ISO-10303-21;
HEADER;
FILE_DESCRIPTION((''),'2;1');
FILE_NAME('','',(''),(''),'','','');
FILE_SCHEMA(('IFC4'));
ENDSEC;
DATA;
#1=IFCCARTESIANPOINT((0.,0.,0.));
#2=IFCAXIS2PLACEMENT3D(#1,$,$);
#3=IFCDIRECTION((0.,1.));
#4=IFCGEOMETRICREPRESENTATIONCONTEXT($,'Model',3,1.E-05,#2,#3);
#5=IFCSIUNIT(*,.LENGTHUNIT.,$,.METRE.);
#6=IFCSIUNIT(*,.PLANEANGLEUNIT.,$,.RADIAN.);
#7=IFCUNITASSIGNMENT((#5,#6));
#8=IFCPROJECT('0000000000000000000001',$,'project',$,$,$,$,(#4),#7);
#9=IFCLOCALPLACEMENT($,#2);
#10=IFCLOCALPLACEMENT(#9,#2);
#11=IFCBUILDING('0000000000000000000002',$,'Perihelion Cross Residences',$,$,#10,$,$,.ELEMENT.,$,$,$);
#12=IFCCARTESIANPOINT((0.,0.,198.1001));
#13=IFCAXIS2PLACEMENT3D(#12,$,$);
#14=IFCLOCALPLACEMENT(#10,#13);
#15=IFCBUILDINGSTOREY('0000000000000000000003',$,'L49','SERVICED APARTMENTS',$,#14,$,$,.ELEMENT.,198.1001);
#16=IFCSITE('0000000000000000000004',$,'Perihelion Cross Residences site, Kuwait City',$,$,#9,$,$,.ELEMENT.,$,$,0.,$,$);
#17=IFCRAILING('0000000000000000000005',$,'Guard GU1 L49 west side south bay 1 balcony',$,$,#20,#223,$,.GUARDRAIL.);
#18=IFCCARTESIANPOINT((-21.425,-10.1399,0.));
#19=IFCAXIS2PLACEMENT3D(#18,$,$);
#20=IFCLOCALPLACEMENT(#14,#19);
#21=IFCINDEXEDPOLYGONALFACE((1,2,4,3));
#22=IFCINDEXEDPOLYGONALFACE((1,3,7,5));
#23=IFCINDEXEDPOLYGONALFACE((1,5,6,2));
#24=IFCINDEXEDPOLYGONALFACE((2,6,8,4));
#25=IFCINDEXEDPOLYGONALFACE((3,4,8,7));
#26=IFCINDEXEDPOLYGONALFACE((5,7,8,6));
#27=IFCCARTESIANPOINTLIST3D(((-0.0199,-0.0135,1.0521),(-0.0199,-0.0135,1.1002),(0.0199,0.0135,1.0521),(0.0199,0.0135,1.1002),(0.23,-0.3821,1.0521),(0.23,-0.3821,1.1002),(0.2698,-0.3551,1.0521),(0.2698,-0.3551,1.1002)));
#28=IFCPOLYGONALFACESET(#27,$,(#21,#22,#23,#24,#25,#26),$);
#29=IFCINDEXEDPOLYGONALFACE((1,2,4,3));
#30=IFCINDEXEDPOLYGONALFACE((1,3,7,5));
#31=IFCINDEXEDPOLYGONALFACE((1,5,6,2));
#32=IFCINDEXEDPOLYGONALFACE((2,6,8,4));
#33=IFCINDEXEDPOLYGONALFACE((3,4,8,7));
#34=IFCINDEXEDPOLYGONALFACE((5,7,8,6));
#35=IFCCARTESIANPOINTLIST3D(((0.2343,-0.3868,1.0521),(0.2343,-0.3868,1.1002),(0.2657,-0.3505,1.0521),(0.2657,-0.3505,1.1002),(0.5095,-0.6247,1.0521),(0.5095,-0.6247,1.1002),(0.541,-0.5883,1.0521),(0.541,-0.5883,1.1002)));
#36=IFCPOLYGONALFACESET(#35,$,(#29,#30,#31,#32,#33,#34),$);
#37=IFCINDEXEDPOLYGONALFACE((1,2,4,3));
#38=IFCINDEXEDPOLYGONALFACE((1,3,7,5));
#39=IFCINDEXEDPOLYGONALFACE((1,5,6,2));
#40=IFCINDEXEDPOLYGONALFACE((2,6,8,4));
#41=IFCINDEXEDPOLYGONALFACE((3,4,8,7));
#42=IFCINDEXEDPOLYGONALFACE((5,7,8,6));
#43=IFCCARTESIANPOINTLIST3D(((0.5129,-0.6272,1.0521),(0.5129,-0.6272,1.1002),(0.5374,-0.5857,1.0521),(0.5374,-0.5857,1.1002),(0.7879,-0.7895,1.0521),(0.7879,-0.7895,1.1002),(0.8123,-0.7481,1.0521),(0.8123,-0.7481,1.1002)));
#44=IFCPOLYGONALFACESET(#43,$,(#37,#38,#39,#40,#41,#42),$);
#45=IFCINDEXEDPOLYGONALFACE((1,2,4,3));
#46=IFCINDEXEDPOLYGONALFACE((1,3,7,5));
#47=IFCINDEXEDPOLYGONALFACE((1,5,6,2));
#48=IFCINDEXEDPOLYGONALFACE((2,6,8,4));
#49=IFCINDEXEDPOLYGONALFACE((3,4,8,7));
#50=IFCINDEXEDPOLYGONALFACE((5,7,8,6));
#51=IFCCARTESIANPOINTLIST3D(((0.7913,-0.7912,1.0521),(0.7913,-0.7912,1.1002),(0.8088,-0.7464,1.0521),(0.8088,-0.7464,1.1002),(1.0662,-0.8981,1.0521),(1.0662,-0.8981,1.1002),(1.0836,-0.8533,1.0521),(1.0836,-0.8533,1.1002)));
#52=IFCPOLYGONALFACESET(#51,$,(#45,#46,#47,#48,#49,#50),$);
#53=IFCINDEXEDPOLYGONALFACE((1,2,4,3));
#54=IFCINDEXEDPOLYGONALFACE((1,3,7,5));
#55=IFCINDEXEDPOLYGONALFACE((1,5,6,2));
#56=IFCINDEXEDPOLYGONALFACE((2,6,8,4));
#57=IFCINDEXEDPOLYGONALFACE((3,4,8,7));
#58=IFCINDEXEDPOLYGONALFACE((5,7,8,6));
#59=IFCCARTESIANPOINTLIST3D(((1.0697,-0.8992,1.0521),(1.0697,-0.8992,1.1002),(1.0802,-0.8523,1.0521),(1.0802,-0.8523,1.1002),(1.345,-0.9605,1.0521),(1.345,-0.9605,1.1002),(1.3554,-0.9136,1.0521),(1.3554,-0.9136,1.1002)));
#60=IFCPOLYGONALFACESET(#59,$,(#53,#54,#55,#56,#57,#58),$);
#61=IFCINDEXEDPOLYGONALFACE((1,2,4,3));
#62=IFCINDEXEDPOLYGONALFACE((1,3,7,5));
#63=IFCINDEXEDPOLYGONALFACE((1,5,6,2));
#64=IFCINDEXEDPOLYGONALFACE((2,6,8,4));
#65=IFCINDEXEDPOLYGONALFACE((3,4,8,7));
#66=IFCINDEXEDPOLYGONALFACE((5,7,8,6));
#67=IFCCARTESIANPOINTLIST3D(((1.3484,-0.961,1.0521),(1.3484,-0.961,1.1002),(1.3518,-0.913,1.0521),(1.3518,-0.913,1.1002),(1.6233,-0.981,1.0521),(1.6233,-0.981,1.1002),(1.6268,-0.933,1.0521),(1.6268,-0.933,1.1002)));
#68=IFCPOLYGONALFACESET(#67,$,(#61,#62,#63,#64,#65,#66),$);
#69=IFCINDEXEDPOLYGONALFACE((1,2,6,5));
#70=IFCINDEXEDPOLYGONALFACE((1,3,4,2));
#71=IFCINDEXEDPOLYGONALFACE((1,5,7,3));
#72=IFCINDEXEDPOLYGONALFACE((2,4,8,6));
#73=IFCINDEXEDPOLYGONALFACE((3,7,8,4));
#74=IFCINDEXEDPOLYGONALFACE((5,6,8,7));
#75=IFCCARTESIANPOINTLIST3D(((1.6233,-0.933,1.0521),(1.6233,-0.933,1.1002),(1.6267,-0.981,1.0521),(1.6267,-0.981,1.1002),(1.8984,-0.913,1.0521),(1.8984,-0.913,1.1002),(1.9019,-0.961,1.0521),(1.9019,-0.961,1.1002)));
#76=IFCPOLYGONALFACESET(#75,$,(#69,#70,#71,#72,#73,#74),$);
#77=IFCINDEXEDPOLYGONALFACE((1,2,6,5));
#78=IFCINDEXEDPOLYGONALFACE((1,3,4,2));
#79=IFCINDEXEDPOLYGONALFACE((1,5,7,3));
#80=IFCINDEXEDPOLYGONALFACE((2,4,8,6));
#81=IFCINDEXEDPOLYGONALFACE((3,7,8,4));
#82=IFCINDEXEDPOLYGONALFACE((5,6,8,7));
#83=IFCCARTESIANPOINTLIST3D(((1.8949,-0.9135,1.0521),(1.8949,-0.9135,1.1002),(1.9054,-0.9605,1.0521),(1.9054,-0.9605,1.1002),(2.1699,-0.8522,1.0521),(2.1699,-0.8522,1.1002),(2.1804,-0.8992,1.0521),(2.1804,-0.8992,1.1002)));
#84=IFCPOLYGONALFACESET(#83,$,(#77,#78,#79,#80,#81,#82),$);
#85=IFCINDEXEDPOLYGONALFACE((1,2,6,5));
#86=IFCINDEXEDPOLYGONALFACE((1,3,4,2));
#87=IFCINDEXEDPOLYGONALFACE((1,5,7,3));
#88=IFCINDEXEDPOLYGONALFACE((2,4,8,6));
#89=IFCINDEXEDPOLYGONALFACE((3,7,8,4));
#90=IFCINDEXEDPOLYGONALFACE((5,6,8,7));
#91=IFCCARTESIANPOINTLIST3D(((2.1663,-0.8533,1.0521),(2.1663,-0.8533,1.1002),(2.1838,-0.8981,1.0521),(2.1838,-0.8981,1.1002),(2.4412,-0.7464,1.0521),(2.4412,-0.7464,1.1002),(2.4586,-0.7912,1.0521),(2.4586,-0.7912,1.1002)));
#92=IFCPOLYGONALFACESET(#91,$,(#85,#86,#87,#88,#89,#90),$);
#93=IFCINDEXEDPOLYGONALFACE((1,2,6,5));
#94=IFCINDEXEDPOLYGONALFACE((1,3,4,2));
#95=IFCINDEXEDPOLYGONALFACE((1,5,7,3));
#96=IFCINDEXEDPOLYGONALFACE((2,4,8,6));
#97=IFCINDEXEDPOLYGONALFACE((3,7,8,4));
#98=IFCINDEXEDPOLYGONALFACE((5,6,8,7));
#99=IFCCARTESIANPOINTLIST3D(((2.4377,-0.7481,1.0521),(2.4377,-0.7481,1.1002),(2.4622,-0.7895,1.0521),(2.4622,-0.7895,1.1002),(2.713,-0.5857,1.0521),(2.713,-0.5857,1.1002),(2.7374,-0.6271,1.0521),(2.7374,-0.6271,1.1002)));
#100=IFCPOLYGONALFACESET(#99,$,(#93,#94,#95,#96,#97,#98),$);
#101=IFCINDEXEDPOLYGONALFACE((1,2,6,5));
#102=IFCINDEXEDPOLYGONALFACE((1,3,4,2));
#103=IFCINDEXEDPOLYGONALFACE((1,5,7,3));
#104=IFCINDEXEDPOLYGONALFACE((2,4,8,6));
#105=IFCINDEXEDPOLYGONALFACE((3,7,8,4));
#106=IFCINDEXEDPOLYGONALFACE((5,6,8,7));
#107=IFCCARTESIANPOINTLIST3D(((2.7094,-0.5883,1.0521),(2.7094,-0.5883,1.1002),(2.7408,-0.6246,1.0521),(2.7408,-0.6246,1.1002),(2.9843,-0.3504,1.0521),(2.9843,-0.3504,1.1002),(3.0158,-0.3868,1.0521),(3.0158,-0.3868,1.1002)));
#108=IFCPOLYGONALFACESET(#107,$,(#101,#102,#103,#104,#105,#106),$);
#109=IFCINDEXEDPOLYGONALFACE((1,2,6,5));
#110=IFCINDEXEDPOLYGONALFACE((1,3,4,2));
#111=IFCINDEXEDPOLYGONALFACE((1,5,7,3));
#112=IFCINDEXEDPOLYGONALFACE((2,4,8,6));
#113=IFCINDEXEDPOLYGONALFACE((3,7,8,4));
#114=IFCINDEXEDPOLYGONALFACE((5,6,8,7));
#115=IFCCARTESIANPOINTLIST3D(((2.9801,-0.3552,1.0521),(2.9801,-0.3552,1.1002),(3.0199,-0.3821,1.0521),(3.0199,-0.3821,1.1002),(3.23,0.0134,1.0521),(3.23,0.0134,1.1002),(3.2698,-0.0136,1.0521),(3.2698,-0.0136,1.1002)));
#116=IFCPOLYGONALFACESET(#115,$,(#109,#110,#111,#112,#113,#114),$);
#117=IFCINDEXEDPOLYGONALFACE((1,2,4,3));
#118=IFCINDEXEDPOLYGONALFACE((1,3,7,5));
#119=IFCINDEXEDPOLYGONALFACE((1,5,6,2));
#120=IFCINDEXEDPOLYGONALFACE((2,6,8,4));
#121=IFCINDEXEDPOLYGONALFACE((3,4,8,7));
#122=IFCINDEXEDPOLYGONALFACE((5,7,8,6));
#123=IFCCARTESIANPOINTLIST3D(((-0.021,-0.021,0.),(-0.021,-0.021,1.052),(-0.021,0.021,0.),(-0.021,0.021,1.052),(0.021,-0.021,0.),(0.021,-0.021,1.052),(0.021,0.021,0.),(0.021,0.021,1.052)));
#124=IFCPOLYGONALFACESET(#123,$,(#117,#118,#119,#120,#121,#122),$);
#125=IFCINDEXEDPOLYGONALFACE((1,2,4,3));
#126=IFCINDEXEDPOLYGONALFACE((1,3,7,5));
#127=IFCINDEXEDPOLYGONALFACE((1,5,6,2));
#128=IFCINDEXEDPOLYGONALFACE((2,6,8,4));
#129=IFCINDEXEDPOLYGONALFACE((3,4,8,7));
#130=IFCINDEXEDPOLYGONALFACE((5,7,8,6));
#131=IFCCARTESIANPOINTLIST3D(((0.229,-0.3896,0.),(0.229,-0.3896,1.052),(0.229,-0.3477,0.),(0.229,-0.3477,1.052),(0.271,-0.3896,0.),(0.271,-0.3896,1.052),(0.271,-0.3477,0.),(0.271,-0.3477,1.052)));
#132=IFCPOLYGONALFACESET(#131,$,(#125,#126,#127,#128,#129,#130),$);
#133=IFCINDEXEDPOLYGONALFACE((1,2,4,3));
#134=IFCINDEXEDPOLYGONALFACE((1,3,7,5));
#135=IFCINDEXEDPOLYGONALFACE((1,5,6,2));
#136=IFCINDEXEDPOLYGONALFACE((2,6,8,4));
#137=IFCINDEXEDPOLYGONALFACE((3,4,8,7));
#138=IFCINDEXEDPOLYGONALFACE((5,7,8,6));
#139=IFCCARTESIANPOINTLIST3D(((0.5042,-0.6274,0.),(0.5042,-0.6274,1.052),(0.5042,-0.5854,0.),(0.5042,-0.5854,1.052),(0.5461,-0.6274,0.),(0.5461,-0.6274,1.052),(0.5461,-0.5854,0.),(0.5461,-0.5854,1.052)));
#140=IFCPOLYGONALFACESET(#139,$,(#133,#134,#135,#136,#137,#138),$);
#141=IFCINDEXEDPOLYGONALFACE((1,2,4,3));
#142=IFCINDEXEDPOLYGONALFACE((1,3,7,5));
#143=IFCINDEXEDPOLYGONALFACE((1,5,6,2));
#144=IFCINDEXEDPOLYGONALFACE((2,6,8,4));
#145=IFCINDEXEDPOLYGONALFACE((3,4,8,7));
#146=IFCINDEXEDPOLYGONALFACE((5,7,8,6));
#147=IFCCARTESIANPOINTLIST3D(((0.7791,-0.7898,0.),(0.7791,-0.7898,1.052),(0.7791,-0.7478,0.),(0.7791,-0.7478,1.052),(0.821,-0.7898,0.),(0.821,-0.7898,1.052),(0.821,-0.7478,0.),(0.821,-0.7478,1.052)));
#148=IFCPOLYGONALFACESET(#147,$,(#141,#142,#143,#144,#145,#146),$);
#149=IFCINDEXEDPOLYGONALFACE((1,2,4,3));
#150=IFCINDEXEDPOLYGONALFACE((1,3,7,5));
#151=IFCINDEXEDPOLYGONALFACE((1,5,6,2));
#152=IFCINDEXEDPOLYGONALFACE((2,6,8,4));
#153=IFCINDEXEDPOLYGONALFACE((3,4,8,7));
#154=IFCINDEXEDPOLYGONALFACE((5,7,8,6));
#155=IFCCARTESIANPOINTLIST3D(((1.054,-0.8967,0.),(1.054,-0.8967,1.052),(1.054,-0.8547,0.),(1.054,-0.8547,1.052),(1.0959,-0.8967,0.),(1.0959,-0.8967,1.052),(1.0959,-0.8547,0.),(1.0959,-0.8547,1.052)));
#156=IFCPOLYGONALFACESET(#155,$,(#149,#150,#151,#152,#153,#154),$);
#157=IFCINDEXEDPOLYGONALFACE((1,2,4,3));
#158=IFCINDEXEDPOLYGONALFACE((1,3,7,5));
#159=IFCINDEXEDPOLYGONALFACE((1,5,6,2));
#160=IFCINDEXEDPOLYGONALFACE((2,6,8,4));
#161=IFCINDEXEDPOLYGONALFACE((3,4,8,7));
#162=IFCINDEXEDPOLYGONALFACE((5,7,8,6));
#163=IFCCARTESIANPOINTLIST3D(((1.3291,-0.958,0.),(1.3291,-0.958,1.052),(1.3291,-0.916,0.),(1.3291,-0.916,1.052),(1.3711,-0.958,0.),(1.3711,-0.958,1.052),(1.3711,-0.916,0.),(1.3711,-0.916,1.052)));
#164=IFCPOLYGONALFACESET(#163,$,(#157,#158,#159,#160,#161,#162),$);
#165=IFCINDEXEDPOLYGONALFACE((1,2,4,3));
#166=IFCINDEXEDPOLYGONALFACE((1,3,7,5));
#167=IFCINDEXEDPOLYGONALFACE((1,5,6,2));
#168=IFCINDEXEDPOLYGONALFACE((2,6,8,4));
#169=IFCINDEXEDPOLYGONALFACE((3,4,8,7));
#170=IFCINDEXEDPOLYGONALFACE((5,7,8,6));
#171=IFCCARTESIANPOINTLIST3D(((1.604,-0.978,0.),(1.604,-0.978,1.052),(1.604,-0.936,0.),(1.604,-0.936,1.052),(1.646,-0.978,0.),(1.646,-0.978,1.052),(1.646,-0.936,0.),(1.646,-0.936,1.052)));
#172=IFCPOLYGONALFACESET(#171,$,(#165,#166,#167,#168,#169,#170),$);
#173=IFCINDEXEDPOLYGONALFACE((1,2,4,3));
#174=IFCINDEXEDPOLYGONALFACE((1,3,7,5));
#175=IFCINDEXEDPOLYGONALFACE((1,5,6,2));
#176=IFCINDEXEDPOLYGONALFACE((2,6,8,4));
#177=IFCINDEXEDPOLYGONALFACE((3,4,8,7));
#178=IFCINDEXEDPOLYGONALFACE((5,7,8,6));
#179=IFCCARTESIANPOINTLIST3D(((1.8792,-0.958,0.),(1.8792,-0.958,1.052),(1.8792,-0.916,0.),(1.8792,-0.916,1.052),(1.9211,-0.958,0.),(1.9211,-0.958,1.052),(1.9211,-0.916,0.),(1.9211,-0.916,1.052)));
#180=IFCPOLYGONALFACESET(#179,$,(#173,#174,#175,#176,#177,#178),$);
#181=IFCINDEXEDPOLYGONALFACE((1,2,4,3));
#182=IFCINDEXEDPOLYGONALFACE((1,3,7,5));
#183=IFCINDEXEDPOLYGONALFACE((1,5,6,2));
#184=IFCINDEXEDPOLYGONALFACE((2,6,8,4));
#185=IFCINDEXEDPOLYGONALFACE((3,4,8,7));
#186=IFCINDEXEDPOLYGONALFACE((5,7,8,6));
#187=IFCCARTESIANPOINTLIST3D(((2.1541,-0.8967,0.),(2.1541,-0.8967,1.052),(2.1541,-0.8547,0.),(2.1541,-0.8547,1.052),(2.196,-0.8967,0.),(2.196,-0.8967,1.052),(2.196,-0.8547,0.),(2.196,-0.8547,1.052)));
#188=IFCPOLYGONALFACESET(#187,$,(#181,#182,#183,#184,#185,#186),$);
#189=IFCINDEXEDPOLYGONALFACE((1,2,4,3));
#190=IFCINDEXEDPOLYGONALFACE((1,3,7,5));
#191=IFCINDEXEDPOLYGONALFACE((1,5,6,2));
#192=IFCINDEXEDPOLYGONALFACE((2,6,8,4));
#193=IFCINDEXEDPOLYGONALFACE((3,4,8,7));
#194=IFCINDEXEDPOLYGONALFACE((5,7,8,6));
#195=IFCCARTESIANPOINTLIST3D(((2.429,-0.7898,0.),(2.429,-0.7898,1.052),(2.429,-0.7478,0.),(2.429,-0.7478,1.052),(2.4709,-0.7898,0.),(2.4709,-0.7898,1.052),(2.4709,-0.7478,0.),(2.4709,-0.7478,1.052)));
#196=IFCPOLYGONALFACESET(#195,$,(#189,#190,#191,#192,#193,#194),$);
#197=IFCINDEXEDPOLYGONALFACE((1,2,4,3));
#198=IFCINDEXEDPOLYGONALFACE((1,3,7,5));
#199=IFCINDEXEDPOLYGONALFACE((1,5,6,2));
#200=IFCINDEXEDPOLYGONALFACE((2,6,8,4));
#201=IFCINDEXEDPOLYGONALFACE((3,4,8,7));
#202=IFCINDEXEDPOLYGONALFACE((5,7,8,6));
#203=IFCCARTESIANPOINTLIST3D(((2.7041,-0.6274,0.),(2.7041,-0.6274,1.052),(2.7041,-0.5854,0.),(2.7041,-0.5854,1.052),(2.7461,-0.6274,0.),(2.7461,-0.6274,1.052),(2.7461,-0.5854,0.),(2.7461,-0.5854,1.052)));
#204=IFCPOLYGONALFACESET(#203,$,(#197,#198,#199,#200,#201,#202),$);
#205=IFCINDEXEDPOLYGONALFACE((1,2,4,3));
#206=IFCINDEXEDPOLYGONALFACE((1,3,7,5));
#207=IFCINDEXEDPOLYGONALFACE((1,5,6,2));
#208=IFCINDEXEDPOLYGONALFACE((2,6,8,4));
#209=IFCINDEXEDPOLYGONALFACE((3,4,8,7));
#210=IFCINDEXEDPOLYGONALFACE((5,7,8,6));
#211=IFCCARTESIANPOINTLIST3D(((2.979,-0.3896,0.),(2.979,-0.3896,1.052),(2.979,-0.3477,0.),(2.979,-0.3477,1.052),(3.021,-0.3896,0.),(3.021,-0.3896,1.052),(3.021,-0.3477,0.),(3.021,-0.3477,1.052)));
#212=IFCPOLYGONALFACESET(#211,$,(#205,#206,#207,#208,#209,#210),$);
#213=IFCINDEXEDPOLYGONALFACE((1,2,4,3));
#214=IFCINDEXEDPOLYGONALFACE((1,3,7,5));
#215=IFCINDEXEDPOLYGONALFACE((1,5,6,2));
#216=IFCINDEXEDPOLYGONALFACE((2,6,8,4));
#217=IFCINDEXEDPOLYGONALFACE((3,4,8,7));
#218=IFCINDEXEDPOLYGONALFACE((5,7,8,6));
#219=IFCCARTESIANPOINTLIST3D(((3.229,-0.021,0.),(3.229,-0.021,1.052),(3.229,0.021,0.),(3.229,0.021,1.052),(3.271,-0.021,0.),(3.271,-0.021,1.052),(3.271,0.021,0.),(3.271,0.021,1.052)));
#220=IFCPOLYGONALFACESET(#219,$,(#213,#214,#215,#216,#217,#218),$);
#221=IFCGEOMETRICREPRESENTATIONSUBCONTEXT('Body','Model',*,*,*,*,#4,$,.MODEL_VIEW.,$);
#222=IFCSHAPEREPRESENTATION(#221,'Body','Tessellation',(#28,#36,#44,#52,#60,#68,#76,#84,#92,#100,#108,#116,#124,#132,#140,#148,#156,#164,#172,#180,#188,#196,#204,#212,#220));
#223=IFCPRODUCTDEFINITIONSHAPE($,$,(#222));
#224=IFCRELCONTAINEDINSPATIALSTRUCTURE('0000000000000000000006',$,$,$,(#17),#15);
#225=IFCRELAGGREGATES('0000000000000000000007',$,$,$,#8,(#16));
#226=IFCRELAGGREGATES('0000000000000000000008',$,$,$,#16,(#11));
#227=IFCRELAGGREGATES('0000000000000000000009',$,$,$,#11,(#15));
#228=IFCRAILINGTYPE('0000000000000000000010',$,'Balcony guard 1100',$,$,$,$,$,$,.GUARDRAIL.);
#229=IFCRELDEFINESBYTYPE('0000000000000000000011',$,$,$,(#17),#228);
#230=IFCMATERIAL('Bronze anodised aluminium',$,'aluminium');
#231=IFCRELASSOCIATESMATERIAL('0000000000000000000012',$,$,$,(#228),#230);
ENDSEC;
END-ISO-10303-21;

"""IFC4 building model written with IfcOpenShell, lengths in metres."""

from ifc_helpers import new_model, si_unit, direction, frame, origin, origin_2d, place, context, subcontext, project, spatial, rectangle, extrude, material, type_object, element, save


model = new_model("IFC4")

# Units and contexts
model_context = context("Model", 3, precision=1e-05, world=origin(), true_north=direction((0.0, 1.0)))
body_context = subcontext(model_context, "Body", "Model", "MODEL_VIEW")
ifc_project = project(units=[si_unit("LENGTHUNIT", "METRE"), si_unit("PLANEANGLEUNIT", "RADIAN")], contexts=[model_context])

# Site, building, storey
site_placement = place(None, origin())
site = spatial("IfcSite", under=ifc_project, at=site_placement, Name="Perihelion Cross Residences site, Kuwait City", CompositionType="ELEMENT", RefElevation=0.0)
building_placement = place(site_placement, origin())
building = spatial("IfcBuilding", under=site, at=building_placement, Name="Perihelion Cross Residences", CompositionType="ELEMENT")
storey_placement = place(building_placement, frame((0.0, 0.0, 198.1001)))
storey = spatial("IfcBuildingStorey", under=building, at=storey_placement, Name="L49", Description="SERVICED APARTMENTS", CompositionType="ELEMENT", Elevation=198.1001)

# Railing
ifc_material_1 = material(Name="Bronze anodised aluminium", Category="aluminium")
railing_type = type_object("IfcRailingType", Name="Balcony guard 1100", PredefinedType="GUARDRAIL", material=ifc_material_1)
railing_placement = place(storey_placement, frame((-21.425, -10.1399, 0.0)))
element("IfcRailing", 1, at=railing_placement, inside=storey, type_object=railing_type, Name="Guard GU1 L49 west side south bay 1 balcony", PredefinedType="GUARDRAIL", context=body_context, shape_type="SweptSolid", body=[
    extrude(rectangle(XDim=0.0481, YDim=0.0481, at=origin_2d()), frame((0.0, 0.0, 1.0762), z_axis=(0.56126, -0.827639, 0.0), x_axis=(0.827639, 0.56126, 0.0)), (0.0, 0.0, 1.0), 0.4453),
    extrude(rectangle(XDim=0.0481, YDim=0.0481, at=origin_2d()), frame((0.25, -0.3687, 1.0762), z_axis=(0.756597, -0.653882, 0.0), x_axis=(0.653882, 0.756597, 0.0)), (0.0, 0.0, 1.0), 0.3638),
    extrude(rectangle(XDim=0.0481, YDim=0.0481, at=origin_2d()), frame((0.5251, -0.6064, 1.0762), z_axis=(0.861048, -0.508523, 0.0), x_axis=(0.508523, 0.861048, 0.0)), (0.0, 0.0, 1.0), 0.3193),
    extrude(rectangle(XDim=0.0481, YDim=0.0481, at=origin_2d()), frame((0.8, -0.7688, 1.0762), z_axis=(0.931974, -0.362526, 0.0), x_axis=(0.362526, 0.931974, 0.0)), (0.0, 0.0, 1.0), 0.2949),
    extrude(rectangle(XDim=0.0481, YDim=0.0481, at=origin_2d()), frame((1.075, -0.8757, 1.0762), z_axis=(0.976085, -0.217389, 0.0), x_axis=(0.217389, 0.976085, 0.0)), (0.0, 0.0, 1.0), 0.282),
    extrude(rectangle(XDim=0.0481, YDim=0.0481, at=origin_2d()), frame((1.3501, -0.937, 1.0762), z_axis=(0.997359, -0.072632, 0.0), x_axis=(0.072632, 0.997359, 0.0)), (0.0, 0.0, 1.0), 0.2756),
    extrude(rectangle(XDim=0.0481, YDim=0.0481, at=origin_2d()), frame((1.625, -0.957, 1.0762), z_axis=(0.997363, 0.072568, 0.0), x_axis=(-0.072568, 0.997363, 0.0)), (0.0, 0.0, 1.0), 0.2759),
    extrude(rectangle(XDim=0.0481, YDim=0.0481, at=origin_2d()), frame((1.9001, -0.937, 1.0762), z_axis=(0.976044, 0.217573, 0.0), x_axis=(-0.217573, 0.976044, 0.0)), (0.0, 0.0, 1.0), 0.2817),
    extrude(rectangle(XDim=0.0481, YDim=0.0481, at=origin_2d()), frame((2.175, -0.8757, 1.0762), z_axis=(0.931974, 0.362526, 0.0), x_axis=(-0.362526, 0.931974, 0.0)), (0.0, 0.0, 1.0), 0.2949),
    extrude(rectangle(XDim=0.0481, YDim=0.0481, at=origin_2d()), frame((2.45, -0.7688, 1.0762), z_axis=(0.861246, 0.508189, 0.0), x_axis=(-0.508189, 0.861246, 0.0)), (0.0, 0.0, 1.0), 0.3196),
    extrude(rectangle(XDim=0.0481, YDim=0.0481, at=origin_2d()), frame((2.7251, -0.6064, 1.0762), z_axis=(0.756309, 0.654214, 0.0), x_axis=(-0.654214, 0.756309, 0.0)), (0.0, 0.0, 1.0), 0.3635),
    extrude(rectangle(XDim=0.0481, YDim=0.0481, at=origin_2d()), frame((3.0, -0.3687, 1.0762), z_axis=(0.56126, 0.827639, 0.0), x_axis=(-0.827639, 0.56126, 0.0)), (0.0, 0.0, 1.0), 0.4453),
    extrude(rectangle(XDim=0.042, YDim=0.042, at=origin_2d()), origin(), (0.0, 0.0, 1.0), 1.052),
    extrude(rectangle(XDim=0.042, YDim=0.042, at=origin_2d()), frame((0.25, -0.3687, 0.0)), (0.0, 0.0, 1.0), 1.052),
    extrude(rectangle(XDim=0.042, YDim=0.042, at=origin_2d()), frame((0.5251, -0.6064, 0.0)), (0.0, 0.0, 1.0), 1.052),
    extrude(rectangle(XDim=0.042, YDim=0.042, at=origin_2d()), frame((0.8, -0.7688, 0.0)), (0.0, 0.0, 1.0), 1.052),
    extrude(rectangle(XDim=0.042, YDim=0.042, at=origin_2d()), frame((1.075, -0.8757, 0.0)), (0.0, 0.0, 1.0), 1.052),
    extrude(rectangle(XDim=0.042, YDim=0.042, at=origin_2d()), frame((1.3501, -0.937, 0.0)), (0.0, 0.0, 1.0), 1.052),
    extrude(rectangle(XDim=0.042, YDim=0.042, at=origin_2d()), frame((1.625, -0.957, 0.0)), (0.0, 0.0, 1.0), 1.052),
    extrude(rectangle(XDim=0.042, YDim=0.042, at=origin_2d()), frame((1.9001, -0.937, 0.0)), (0.0, 0.0, 1.0), 1.052),
    extrude(rectangle(XDim=0.042, YDim=0.042, at=origin_2d()), frame((2.175, -0.8757, 0.0)), (0.0, 0.0, 1.0), 1.052),
    extrude(rectangle(XDim=0.042, YDim=0.042, at=origin_2d()), frame((2.45, -0.7688, 0.0)), (0.0, 0.0, 1.0), 1.052),
    extrude(rectangle(XDim=0.042, YDim=0.042, at=origin_2d()), frame((2.7251, -0.6064, 0.0)), (0.0, 0.0, 1.0), 1.052),
    extrude(rectangle(XDim=0.042, YDim=0.042, at=origin_2d()), frame((3.0, -0.3687, 0.0)), (0.0, 0.0, 1.0), 1.052),
    extrude(rectangle(XDim=0.042, YDim=0.042, at=origin_2d()), frame((3.25, 0.0, 0.0)), (0.0, 0.0, 1.0), 1.052),
])

save(model, "model.ifc")
